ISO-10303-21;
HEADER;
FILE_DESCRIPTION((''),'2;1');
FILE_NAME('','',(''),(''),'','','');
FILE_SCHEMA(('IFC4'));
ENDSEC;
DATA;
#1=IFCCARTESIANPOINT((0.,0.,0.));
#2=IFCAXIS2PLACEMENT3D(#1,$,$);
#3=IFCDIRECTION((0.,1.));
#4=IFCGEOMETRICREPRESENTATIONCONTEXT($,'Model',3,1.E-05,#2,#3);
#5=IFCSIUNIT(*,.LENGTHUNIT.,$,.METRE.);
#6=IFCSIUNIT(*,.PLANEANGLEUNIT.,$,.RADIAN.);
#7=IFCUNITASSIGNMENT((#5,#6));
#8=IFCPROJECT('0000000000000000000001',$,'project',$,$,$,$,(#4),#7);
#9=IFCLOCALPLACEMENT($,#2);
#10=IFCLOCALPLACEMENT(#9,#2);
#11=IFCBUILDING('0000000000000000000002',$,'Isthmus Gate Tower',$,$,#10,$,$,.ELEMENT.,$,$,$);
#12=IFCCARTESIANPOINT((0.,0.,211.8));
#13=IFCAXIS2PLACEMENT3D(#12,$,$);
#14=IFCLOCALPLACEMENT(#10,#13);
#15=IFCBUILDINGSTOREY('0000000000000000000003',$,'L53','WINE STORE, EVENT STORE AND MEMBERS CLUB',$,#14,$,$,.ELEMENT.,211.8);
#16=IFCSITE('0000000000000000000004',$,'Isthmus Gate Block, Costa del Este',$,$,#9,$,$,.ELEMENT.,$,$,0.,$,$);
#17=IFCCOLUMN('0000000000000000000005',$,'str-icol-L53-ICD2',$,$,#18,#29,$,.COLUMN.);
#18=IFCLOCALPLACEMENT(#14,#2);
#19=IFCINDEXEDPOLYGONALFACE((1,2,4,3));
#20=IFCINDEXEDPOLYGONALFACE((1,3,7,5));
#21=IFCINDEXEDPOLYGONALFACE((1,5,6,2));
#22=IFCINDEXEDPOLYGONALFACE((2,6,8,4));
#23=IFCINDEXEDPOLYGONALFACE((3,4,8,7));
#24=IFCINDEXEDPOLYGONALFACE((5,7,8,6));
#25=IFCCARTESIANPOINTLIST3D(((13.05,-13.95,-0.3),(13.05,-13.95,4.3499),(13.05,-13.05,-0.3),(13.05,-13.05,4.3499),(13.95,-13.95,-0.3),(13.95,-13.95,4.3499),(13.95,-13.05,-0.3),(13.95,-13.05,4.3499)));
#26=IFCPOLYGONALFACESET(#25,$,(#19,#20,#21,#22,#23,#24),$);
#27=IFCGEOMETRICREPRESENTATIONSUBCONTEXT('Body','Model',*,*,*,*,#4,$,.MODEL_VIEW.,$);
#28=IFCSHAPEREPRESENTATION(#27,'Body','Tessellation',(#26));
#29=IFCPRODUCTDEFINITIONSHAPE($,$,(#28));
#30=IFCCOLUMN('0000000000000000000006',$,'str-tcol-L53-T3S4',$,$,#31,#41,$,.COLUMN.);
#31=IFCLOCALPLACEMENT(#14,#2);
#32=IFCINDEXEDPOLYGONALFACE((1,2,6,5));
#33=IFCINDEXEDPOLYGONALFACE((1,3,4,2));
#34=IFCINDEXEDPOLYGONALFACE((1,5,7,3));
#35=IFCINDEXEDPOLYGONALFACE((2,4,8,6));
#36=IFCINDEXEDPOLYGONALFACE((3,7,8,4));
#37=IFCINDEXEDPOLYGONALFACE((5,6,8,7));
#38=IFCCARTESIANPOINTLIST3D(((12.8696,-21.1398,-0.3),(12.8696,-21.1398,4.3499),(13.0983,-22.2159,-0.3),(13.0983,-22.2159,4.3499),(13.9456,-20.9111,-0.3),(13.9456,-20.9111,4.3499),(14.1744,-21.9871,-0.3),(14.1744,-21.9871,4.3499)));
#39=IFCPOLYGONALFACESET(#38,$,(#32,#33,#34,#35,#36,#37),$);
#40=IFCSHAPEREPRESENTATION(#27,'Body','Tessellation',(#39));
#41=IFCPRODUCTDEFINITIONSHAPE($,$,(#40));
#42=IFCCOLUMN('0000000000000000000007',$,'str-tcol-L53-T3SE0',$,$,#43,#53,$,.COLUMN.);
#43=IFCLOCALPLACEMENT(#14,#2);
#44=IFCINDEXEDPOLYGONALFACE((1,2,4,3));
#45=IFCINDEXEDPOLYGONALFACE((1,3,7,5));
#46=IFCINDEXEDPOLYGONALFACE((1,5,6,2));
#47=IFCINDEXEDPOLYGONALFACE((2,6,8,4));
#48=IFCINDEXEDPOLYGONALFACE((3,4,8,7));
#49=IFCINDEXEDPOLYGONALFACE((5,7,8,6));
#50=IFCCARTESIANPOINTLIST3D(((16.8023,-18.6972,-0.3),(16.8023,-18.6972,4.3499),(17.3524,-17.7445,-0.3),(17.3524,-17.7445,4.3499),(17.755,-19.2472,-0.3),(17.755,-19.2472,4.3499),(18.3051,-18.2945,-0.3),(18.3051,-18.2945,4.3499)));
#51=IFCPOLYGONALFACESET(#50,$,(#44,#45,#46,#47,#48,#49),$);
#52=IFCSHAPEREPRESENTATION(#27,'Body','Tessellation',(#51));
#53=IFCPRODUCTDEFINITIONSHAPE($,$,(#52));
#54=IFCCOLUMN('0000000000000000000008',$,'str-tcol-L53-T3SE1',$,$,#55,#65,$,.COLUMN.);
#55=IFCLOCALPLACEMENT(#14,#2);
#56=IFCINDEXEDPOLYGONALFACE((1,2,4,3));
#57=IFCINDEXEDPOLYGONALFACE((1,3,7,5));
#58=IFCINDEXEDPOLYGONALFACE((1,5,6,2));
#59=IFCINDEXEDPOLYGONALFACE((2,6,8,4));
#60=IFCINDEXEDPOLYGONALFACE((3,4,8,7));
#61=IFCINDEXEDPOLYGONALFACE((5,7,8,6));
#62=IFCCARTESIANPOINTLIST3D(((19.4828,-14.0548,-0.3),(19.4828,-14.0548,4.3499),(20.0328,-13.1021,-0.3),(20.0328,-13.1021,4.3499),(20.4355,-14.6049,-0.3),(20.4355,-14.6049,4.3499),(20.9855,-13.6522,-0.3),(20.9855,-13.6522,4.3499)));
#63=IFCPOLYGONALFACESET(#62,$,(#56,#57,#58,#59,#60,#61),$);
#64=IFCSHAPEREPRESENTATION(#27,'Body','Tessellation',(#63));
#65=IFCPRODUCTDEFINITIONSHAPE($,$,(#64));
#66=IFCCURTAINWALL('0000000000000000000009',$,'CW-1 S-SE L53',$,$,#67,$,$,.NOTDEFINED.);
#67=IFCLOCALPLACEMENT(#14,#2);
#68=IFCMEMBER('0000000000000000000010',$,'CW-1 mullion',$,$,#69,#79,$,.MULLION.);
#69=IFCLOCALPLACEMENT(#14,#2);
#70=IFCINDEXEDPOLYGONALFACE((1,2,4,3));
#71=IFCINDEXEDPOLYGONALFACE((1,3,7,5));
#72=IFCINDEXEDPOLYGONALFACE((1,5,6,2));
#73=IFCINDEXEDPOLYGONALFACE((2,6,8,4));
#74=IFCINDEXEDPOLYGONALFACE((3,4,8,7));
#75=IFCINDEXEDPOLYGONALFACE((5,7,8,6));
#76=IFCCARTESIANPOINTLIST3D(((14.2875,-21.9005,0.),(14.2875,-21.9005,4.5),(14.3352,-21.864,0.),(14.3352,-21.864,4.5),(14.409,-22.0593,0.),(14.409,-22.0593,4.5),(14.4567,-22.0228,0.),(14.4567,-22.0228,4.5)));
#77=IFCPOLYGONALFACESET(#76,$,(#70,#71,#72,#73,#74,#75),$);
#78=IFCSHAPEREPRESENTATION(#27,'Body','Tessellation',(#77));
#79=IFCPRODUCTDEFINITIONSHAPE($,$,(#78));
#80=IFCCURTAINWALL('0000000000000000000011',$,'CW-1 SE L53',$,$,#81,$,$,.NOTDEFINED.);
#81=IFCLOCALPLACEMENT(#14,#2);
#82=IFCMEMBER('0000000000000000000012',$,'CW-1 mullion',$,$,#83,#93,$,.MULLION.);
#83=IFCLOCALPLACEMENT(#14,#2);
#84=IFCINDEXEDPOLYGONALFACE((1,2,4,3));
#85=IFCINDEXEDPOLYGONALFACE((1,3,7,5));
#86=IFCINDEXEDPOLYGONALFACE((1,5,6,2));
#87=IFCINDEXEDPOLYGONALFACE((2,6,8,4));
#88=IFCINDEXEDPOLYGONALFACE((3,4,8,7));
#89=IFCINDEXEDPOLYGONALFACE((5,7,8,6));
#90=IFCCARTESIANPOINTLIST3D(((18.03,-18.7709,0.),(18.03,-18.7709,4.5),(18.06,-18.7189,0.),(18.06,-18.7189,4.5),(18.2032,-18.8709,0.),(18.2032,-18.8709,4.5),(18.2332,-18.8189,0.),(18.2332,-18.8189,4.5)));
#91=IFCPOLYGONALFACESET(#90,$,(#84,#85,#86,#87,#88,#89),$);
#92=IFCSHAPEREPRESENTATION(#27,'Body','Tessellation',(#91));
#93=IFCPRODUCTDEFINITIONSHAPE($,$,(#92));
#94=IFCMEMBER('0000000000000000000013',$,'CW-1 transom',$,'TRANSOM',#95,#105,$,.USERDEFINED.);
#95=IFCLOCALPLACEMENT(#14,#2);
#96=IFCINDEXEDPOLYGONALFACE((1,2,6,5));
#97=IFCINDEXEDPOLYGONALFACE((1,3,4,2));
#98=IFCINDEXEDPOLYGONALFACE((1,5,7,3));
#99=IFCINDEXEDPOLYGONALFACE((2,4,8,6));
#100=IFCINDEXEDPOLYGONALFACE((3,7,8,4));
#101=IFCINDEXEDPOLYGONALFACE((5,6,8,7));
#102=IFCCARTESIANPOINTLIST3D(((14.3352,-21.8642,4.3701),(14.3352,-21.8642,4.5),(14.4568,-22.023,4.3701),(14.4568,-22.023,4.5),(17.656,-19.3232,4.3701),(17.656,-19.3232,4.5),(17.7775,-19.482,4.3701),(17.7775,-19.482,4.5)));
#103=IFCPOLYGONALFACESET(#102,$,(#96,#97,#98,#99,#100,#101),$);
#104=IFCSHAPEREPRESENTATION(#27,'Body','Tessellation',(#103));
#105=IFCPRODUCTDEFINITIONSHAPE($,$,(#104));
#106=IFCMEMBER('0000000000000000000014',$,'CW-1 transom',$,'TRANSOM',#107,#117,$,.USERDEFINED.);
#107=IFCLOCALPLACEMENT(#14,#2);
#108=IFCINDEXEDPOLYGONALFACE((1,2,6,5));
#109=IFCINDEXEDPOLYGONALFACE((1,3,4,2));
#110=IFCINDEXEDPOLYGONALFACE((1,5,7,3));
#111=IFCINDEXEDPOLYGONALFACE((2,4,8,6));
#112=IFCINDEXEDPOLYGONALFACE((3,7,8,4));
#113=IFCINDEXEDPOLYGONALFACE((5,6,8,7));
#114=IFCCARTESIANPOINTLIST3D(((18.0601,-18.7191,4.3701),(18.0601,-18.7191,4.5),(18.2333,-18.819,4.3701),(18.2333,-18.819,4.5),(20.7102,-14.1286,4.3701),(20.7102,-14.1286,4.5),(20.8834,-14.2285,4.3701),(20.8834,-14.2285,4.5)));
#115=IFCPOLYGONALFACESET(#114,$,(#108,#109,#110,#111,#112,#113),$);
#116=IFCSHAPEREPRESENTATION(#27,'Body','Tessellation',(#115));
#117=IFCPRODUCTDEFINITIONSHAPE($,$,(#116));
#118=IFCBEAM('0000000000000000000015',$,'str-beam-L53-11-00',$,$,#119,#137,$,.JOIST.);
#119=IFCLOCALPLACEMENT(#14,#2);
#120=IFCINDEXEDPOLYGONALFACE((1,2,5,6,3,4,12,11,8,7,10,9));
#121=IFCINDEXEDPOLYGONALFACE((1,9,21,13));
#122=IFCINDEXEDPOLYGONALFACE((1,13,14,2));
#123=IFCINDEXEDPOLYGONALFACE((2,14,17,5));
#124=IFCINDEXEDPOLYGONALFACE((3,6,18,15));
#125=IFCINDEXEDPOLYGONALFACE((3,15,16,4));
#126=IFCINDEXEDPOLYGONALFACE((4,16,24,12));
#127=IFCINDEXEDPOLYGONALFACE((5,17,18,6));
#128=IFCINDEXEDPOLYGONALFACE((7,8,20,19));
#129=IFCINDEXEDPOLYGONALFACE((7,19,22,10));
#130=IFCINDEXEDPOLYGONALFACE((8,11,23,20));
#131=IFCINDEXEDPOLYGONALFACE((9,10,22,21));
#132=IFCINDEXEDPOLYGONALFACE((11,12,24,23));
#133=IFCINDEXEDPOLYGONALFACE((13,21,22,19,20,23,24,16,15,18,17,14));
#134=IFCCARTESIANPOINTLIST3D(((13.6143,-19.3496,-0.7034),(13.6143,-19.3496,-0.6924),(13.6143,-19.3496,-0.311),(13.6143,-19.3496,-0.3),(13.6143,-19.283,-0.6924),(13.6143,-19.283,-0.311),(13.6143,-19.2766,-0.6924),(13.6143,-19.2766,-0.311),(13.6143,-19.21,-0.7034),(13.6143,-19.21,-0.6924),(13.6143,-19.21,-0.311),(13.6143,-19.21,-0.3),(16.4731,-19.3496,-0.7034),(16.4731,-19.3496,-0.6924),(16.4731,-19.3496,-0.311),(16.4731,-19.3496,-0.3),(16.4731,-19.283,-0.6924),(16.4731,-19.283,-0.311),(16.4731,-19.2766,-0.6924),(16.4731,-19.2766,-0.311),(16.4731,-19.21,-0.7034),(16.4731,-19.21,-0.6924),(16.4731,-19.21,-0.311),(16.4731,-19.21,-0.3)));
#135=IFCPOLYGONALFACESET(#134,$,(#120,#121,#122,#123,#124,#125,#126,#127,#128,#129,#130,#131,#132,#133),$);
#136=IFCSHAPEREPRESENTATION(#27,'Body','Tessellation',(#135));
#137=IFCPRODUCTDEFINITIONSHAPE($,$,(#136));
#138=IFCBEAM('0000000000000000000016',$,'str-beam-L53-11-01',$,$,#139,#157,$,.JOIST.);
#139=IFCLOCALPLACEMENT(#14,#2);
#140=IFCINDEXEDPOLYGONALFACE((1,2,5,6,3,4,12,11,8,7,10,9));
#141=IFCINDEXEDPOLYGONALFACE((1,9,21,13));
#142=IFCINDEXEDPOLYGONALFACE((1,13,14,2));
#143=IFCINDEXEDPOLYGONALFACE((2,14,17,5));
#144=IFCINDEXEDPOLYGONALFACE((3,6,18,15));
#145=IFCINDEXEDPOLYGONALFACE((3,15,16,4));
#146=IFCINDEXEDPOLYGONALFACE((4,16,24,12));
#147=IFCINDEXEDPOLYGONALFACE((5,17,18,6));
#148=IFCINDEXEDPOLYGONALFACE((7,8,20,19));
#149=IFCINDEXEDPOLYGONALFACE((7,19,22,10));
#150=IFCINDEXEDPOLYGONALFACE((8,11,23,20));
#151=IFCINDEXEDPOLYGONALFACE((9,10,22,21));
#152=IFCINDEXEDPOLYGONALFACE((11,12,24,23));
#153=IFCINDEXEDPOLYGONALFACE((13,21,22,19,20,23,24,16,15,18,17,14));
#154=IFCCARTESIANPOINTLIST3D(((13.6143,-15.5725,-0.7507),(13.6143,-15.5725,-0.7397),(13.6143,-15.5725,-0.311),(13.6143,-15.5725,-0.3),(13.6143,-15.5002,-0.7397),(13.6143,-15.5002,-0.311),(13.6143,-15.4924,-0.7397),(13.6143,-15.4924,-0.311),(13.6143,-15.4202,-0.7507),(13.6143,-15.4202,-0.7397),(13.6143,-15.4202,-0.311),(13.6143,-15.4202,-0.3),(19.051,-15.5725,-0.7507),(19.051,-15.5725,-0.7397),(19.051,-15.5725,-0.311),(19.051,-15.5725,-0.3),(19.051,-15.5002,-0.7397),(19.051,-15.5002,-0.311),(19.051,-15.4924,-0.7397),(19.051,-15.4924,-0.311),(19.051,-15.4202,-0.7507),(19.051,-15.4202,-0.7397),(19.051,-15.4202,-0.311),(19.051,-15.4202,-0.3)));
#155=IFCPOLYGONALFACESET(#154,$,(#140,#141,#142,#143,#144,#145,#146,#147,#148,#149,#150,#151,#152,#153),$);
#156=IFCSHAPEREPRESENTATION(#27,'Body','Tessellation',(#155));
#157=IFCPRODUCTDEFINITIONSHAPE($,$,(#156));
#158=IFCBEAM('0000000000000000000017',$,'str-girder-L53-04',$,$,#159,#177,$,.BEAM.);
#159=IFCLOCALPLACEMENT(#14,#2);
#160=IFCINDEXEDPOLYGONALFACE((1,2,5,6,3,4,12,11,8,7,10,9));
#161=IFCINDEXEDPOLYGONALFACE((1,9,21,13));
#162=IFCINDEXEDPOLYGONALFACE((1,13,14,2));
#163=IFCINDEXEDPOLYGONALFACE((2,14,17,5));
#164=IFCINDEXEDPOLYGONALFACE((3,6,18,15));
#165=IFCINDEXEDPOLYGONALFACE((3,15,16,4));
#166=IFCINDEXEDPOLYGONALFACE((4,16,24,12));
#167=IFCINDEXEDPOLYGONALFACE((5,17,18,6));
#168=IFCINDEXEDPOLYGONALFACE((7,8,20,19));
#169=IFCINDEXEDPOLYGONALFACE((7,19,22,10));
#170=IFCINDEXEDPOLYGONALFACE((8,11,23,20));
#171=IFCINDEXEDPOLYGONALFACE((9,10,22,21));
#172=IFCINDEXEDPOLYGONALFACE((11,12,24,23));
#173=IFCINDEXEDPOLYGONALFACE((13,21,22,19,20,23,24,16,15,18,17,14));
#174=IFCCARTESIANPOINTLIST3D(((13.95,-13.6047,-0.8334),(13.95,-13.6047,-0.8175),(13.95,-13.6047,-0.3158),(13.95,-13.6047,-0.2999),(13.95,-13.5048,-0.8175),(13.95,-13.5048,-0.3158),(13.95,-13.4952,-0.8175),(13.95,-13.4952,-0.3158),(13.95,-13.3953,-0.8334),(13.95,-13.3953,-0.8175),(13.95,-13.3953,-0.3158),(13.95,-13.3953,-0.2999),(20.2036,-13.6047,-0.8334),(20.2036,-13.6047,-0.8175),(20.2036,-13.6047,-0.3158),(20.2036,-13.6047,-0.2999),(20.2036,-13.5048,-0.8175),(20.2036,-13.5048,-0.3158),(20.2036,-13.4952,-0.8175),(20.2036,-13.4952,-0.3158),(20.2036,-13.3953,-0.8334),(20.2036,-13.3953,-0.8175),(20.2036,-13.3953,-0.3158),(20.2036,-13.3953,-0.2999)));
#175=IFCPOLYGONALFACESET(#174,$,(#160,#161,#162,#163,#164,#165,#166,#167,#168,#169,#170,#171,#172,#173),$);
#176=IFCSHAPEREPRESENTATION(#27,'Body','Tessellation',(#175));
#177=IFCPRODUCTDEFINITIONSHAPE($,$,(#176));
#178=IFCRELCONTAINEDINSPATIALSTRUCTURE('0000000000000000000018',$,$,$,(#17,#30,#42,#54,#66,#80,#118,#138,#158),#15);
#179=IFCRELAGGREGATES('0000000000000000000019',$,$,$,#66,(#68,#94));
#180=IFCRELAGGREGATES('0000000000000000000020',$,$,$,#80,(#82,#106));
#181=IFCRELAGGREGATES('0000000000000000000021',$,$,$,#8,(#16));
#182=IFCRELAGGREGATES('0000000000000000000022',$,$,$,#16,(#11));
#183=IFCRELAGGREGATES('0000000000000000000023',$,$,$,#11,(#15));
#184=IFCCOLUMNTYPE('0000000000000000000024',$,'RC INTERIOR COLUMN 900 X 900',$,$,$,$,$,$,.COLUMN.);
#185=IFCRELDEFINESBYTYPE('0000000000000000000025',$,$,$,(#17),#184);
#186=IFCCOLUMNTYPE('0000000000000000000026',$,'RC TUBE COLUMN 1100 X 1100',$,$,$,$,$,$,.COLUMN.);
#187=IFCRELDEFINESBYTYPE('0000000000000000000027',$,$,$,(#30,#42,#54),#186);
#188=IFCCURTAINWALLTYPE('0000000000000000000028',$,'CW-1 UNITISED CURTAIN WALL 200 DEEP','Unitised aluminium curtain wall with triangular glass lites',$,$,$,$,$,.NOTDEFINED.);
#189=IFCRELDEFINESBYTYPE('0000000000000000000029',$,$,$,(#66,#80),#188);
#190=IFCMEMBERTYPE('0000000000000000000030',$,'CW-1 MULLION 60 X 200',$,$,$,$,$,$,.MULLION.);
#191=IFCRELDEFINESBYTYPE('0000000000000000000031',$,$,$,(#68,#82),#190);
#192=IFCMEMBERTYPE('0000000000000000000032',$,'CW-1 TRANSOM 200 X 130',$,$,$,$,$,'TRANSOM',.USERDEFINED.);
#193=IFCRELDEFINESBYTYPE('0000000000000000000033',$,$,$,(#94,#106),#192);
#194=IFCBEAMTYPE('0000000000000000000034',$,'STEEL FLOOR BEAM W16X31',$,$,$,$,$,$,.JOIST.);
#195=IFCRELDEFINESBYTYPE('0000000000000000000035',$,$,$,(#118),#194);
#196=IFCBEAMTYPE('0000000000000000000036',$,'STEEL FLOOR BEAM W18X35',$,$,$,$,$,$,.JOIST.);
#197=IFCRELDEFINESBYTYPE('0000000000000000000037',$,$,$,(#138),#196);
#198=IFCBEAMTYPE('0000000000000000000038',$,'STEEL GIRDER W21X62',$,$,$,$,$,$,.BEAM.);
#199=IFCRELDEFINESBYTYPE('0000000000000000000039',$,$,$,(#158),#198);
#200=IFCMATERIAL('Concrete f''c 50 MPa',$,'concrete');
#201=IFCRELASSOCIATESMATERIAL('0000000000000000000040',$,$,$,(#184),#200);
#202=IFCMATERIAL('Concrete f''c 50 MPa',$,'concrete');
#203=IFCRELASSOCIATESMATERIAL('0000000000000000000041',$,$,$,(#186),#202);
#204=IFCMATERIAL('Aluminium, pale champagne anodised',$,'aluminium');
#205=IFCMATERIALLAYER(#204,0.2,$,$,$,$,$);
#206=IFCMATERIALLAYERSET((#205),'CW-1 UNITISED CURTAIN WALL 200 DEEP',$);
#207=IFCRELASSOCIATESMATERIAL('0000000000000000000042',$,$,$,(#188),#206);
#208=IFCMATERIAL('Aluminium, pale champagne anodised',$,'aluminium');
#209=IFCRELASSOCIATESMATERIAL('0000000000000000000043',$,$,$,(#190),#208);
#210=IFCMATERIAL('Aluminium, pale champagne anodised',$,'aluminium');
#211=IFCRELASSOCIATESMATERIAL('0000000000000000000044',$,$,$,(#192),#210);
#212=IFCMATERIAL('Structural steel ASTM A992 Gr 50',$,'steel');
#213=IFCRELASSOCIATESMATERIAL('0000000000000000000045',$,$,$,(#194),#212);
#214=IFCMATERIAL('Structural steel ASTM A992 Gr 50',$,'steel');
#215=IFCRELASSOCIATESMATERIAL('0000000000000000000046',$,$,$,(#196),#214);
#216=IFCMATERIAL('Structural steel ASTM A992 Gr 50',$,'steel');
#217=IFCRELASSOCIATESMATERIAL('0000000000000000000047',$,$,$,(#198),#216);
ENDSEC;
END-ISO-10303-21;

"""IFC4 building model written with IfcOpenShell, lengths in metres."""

from ifc_helpers import new_model, si_unit, direction, frame, origin, origin_2d, place, context, subcontext, project, spatial, rectangle, i_section, extrude, material, layer, layer_set, material_profile, profile_set, type_object, element, aggregate, save


model = new_model("IFC4")

# Units and contexts
model_context = context("Model", 3, precision=1e-05, world=origin(), true_north=direction((0.0, 1.0)))
body_context = subcontext(model_context, "Body", "Model", "MODEL_VIEW")
ifc_project = project(units=[si_unit("LENGTHUNIT", "METRE"), si_unit("PLANEANGLEUNIT", "RADIAN")], contexts=[model_context])

# Site, building, storey
site_placement = place(None, origin())
site = spatial("IfcSite", under=ifc_project, at=site_placement, Name="Isthmus Gate Block, Costa del Este", CompositionType="ELEMENT", RefElevation=0.0)
building_placement = place(site_placement, origin())
building = spatial("IfcBuilding", under=site, at=building_placement, Name="Isthmus Gate Tower", CompositionType="ELEMENT")
storey_placement = place(building_placement, frame((0.0, 0.0, 211.8)))
storey = spatial("IfcBuildingStorey", under=building, at=storey_placement, Name="L53", Description="WINE STORE, EVENT STORE AND MEMBERS CLUB", CompositionType="ELEMENT", Elevation=211.8)

# Columns
ifc_material_1 = material(Name="Concrete f'c 50 MPa", Category="concrete")
ifc_material_profile_1 = material_profile(ifc_material_1, rectangle(XDim=0.8999, YDim=0.8999, at=origin_2d()), Name="RC 900X900")
ifc_profile_set_1 = profile_set([ifc_material_profile_1], Name="Concrete f'c 50 MPa")
column_type_1 = type_object("IfcColumnType", Name="RC INTERIOR COLUMN 900 X 900", PredefinedType="COLUMN", material=ifc_profile_set_1)
column_placement = place(storey_placement, frame((13.5, -13.5, -0.3), z_axis=(0.0, 0.0, 1.0), x_axis=(1.0, 0.0, 0.0)))
element("IfcColumn", 1, at=column_placement, inside=storey, type_object=column_type_1, Name="str-icol-L53-ICD2", PredefinedType="COLUMN", context=body_context, shape_type="SweptSolid", body=[
    extrude(rectangle(XDim=0.8999, YDim=0.8999, at=origin_2d()), origin(), (0.0, 0.0, 1.0), 4.6499),
])
ifc_material_2 = material(Name="Concrete f'c 50 MPa", Category="concrete")
ifc_material_profile_2 = material_profile(ifc_material_2, rectangle(XDim=1.1001, YDim=1.1001, at=origin_2d()), Name="RC 1100X1100")
ifc_profile_set_2 = profile_set([ifc_material_profile_2], Name="Concrete f'c 50 MPa")
column_type_2 = type_object("IfcColumnType", Name="RC TUBE COLUMN 1100 X 1100", PredefinedType="COLUMN", material=ifc_profile_set_2)
for number, where, z_axis, x_axis, name in (
    (2, (13.522, -21.5635, -0.3), (0.0, 0.0, 1.0), (0.978148, 0.207912, 0.0), "str-tcol-L53-T3S4"),
    (3, (17.5537, -18.4958, -0.3), (0.0, 0.0, 1.0), (0.5, 0.866025, 0.0), "str-tcol-L53-T3SE0"),
    (4, (20.2341, -13.8535, -0.3), (0.0, 0.0, 1.0), (0.5, 0.866025, 0.0), "str-tcol-L53-T3SE1"),
):
    element("IfcColumn", number, at=place(storey_placement, frame(where, z_axis=z_axis, x_axis=x_axis)), inside=storey, type_object=column_type_2, Name=name, PredefinedType="COLUMN", context=body_context, shape_type="SweptSolid", body=[
        extrude(rectangle(XDim=1.1001, YDim=1.1001, at=origin_2d()), origin(), (0.0, 0.0, 1.0), 4.6499),
    ])

# Curtain walls, members
ifc_material_3 = material(Name="Aluminium, pale champagne anodised", Category="aluminium")
ifc_layer_1 = layer(ifc_material_3, 0.2)
ifc_layer_set_1 = layer_set([ifc_layer_1], Name="CW-1 UNITISED CURTAIN WALL 200 DEEP")
curtain_wall_type = type_object("IfcCurtainWallType", Name="CW-1 UNITISED CURTAIN WALL 200 DEEP", Description="Unitised aluminium curtain wall with triangular glass lites", PredefinedType="NOTDEFINED", material=ifc_layer_set_1)
curtain_wall_1_placement = place(storey_placement, origin())
curtain_wall_1 = element("IfcCurtainWall", 5, at=curtain_wall_1_placement, inside=storey, type_object=curtain_wall_type, Name="CW-1 S-SE L53", PredefinedType="NOTDEFINED")
ifc_material_4 = material(Name="Aluminium, pale champagne anodised", Category="aluminium")
ifc_material_profile_3 = material_profile(ifc_material_4, rectangle(XDim=0.0601, YDim=0.2, at=origin_2d()), Name="60x200")
ifc_profile_set_3 = profile_set([ifc_material_profile_3], Name="Aluminium, pale champagne anodised")
member_type_1 = type_object("IfcMemberType", Name="CW-1 MULLION 60 X 200", PredefinedType="MULLION", material=ifc_profile_set_3)
member_1_placement = place(storey_placement, frame((14.3721, -21.9617, 0.0), z_axis=(0.0, 0.0, 1.0), x_axis=(0.794189, 0.607671, 0.0)))
member_1 = element("IfcMember", 6, at=member_1_placement, type_object=member_type_1, Name="CW-1 mullion", PredefinedType="MULLION", context=body_context, shape_type="SweptSolid", body=[
    extrude(rectangle(XDim=0.0601, YDim=0.2, at=origin_2d()), origin(), (0.0, 0.0, 1.0), 4.5),
])
curtain_wall_2_placement = place(storey_placement, origin())
curtain_wall_2 = element("IfcCurtainWall", 7, at=curtain_wall_2_placement, inside=storey, type_object=curtain_wall_type, Name="CW-1 SE L53", PredefinedType="NOTDEFINED")
member_2_placement = place(storey_placement, frame((18.1316, -18.7949, 0.0), z_axis=(0.0, 0.0, 1.0), x_axis=(0.5, 0.866025, 0.0)))
member_2 = element("IfcMember", 8, at=member_2_placement, type_object=member_type_1, Name="CW-1 mullion", PredefinedType="MULLION", context=body_context, shape_type="SweptSolid", body=[
    extrude(rectangle(XDim=0.0601, YDim=0.2, at=origin_2d()), origin(), (0.0, 0.0, 1.0), 4.5),
])

# Members
ifc_material_5 = material(Name="Aluminium, pale champagne anodised", Category="aluminium")
ifc_material_profile_4 = material_profile(ifc_material_5, rectangle(XDim=0.2, YDim=0.1299, at=origin_2d()), Name="200x130")
ifc_profile_set_4 = profile_set([ifc_material_profile_4], Name="Aluminium, pale champagne anodised")
member_type_2 = type_object("IfcMemberType", Name="CW-1 TRANSOM 200 X 130", ElementType="TRANSOM", PredefinedType="USERDEFINED", material=ifc_profile_set_4)
member_3_placement = place(storey_placement, frame((14.396, -21.9436, 4.4351), z_axis=(0.794175, 0.607688, 0.0), x_axis=(-0.607688, 0.794175, 0.0)))
member_3 = element("IfcMember", 9, at=member_3_placement, type_object=member_type_2, Name="CW-1 transom", ObjectType="TRANSOM", PredefinedType="USERDEFINED", context=body_context, shape_type="SweptSolid", body=[
    extrude(rectangle(XDim=0.2, YDim=0.1299, at=origin_2d()), origin(), (0.0, 0.0, 1.0), 4.1814),
])
member_4_placement = place(storey_placement, frame((18.1467, -18.769, 4.4351), z_axis=(0.499968, 0.866044, 0.0), x_axis=(-0.866044, 0.499968, 0.0)))
member_4 = element("IfcMember", 10, at=member_4_placement, type_object=member_type_2, Name="CW-1 transom", ObjectType="TRANSOM", PredefinedType="USERDEFINED", context=body_context, shape_type="SweptSolid", body=[
    extrude(rectangle(XDim=0.2, YDim=0.1299, at=origin_2d()), origin(), (0.0, 0.0, 1.0), 5.3005),
])

# Beams
ifc_material_6 = material(Name="Structural steel ASTM A992 Gr 50", Category="steel")
ifc_material_profile_5 = material_profile(ifc_material_6, i_section(OverallWidth=0.1396, OverallDepth=0.4033, WebThickness=0.0063, FlangeThickness=0.011, at=origin_2d()), Name="W16X31")
ifc_profile_set_5 = profile_set([ifc_material_profile_5], Name="Structural steel ASTM A992 Gr 50")
beam_type_1 = type_object("IfcBeamType", Name="STEEL FLOOR BEAM W16X31", PredefinedType="JOIST", material=ifc_profile_set_5)
beam_1_placement = place(storey_placement, frame((13.6143, -19.2798, -0.5017), z_axis=(1.0, 0.0, 0.0), x_axis=(0.0, 1.0, 0.0)))
element("IfcBeam", 11, at=beam_1_placement, inside=storey, type_object=beam_type_1, Name="str-beam-L53-11-00", PredefinedType="JOIST", context=body_context, shape_type="SweptSolid", body=[
    extrude(i_section(OverallWidth=0.1396, OverallDepth=0.4033, WebThickness=0.0063, FlangeThickness=0.011, at=origin_2d()), origin(), (0.0, 0.0, 1.0), 2.8589),
])
ifc_material_7 = material(Name="Structural steel ASTM A992 Gr 50", Category="steel")
ifc_material_profile_6 = material_profile(ifc_material_7, i_section(OverallWidth=0.1523, OverallDepth=0.4507, WebThickness=0.0078, FlangeThickness=0.011, at=origin_2d()), Name="W18X35")
ifc_profile_set_6 = profile_set([ifc_material_profile_6], Name="Structural steel ASTM A992 Gr 50")
beam_type_2 = type_object("IfcBeamType", Name="STEEL FLOOR BEAM W18X35", PredefinedType="JOIST", material=ifc_profile_set_6)
beam_2_placement = place(storey_placement, frame((13.6143, -15.4963, -0.5254), z_axis=(1.0, 0.0, 0.0), x_axis=(0.0, 1.0, 0.0)))
element("IfcBeam", 12, at=beam_2_placement, inside=storey, type_object=beam_type_2, Name="str-beam-L53-11-01", PredefinedType="JOIST", context=body_context, shape_type="SweptSolid", body=[
    extrude(i_section(OverallWidth=0.1523, OverallDepth=0.4507, WebThickness=0.0078, FlangeThickness=0.011, at=origin_2d()), origin(), (0.0, 0.0, 1.0), 5.4368),
])
ifc_material_8 = material(Name="Structural steel ASTM A992 Gr 50", Category="steel")
ifc_material_profile_7 = material_profile(ifc_material_8, i_section(OverallWidth=0.2095, OverallDepth=0.5334, WebThickness=0.0095, FlangeThickness=0.0159, at=origin_2d()), Name="W21X62")
ifc_profile_set_7 = profile_set([ifc_material_profile_7], Name="Structural steel ASTM A992 Gr 50")
beam_type_3 = type_object("IfcBeamType", Name="STEEL GIRDER W21X62", PredefinedType="BEAM", material=ifc_profile_set_7)
beam_3_placement = place(storey_placement, frame((13.95, -13.5, -0.5667), z_axis=(1.0, 0.0, 0.0), x_axis=(0.0, 1.0, 0.0)))
element("IfcBeam", 13, at=beam_3_placement, inside=storey, type_object=beam_type_3, Name="str-girder-L53-04", PredefinedType="BEAM", context=body_context, shape_type="SweptSolid", body=[
    extrude(i_section(OverallWidth=0.2095, OverallDepth=0.5334, WebThickness=0.0095, FlangeThickness=0.0159, at=origin_2d()), origin(), (0.0, 0.0, 1.0), 6.2537),
])

aggregate(curtain_wall_1, [member_1, member_3])
aggregate(curtain_wall_2, [member_2, member_4])

save(model, "model.ifc")
